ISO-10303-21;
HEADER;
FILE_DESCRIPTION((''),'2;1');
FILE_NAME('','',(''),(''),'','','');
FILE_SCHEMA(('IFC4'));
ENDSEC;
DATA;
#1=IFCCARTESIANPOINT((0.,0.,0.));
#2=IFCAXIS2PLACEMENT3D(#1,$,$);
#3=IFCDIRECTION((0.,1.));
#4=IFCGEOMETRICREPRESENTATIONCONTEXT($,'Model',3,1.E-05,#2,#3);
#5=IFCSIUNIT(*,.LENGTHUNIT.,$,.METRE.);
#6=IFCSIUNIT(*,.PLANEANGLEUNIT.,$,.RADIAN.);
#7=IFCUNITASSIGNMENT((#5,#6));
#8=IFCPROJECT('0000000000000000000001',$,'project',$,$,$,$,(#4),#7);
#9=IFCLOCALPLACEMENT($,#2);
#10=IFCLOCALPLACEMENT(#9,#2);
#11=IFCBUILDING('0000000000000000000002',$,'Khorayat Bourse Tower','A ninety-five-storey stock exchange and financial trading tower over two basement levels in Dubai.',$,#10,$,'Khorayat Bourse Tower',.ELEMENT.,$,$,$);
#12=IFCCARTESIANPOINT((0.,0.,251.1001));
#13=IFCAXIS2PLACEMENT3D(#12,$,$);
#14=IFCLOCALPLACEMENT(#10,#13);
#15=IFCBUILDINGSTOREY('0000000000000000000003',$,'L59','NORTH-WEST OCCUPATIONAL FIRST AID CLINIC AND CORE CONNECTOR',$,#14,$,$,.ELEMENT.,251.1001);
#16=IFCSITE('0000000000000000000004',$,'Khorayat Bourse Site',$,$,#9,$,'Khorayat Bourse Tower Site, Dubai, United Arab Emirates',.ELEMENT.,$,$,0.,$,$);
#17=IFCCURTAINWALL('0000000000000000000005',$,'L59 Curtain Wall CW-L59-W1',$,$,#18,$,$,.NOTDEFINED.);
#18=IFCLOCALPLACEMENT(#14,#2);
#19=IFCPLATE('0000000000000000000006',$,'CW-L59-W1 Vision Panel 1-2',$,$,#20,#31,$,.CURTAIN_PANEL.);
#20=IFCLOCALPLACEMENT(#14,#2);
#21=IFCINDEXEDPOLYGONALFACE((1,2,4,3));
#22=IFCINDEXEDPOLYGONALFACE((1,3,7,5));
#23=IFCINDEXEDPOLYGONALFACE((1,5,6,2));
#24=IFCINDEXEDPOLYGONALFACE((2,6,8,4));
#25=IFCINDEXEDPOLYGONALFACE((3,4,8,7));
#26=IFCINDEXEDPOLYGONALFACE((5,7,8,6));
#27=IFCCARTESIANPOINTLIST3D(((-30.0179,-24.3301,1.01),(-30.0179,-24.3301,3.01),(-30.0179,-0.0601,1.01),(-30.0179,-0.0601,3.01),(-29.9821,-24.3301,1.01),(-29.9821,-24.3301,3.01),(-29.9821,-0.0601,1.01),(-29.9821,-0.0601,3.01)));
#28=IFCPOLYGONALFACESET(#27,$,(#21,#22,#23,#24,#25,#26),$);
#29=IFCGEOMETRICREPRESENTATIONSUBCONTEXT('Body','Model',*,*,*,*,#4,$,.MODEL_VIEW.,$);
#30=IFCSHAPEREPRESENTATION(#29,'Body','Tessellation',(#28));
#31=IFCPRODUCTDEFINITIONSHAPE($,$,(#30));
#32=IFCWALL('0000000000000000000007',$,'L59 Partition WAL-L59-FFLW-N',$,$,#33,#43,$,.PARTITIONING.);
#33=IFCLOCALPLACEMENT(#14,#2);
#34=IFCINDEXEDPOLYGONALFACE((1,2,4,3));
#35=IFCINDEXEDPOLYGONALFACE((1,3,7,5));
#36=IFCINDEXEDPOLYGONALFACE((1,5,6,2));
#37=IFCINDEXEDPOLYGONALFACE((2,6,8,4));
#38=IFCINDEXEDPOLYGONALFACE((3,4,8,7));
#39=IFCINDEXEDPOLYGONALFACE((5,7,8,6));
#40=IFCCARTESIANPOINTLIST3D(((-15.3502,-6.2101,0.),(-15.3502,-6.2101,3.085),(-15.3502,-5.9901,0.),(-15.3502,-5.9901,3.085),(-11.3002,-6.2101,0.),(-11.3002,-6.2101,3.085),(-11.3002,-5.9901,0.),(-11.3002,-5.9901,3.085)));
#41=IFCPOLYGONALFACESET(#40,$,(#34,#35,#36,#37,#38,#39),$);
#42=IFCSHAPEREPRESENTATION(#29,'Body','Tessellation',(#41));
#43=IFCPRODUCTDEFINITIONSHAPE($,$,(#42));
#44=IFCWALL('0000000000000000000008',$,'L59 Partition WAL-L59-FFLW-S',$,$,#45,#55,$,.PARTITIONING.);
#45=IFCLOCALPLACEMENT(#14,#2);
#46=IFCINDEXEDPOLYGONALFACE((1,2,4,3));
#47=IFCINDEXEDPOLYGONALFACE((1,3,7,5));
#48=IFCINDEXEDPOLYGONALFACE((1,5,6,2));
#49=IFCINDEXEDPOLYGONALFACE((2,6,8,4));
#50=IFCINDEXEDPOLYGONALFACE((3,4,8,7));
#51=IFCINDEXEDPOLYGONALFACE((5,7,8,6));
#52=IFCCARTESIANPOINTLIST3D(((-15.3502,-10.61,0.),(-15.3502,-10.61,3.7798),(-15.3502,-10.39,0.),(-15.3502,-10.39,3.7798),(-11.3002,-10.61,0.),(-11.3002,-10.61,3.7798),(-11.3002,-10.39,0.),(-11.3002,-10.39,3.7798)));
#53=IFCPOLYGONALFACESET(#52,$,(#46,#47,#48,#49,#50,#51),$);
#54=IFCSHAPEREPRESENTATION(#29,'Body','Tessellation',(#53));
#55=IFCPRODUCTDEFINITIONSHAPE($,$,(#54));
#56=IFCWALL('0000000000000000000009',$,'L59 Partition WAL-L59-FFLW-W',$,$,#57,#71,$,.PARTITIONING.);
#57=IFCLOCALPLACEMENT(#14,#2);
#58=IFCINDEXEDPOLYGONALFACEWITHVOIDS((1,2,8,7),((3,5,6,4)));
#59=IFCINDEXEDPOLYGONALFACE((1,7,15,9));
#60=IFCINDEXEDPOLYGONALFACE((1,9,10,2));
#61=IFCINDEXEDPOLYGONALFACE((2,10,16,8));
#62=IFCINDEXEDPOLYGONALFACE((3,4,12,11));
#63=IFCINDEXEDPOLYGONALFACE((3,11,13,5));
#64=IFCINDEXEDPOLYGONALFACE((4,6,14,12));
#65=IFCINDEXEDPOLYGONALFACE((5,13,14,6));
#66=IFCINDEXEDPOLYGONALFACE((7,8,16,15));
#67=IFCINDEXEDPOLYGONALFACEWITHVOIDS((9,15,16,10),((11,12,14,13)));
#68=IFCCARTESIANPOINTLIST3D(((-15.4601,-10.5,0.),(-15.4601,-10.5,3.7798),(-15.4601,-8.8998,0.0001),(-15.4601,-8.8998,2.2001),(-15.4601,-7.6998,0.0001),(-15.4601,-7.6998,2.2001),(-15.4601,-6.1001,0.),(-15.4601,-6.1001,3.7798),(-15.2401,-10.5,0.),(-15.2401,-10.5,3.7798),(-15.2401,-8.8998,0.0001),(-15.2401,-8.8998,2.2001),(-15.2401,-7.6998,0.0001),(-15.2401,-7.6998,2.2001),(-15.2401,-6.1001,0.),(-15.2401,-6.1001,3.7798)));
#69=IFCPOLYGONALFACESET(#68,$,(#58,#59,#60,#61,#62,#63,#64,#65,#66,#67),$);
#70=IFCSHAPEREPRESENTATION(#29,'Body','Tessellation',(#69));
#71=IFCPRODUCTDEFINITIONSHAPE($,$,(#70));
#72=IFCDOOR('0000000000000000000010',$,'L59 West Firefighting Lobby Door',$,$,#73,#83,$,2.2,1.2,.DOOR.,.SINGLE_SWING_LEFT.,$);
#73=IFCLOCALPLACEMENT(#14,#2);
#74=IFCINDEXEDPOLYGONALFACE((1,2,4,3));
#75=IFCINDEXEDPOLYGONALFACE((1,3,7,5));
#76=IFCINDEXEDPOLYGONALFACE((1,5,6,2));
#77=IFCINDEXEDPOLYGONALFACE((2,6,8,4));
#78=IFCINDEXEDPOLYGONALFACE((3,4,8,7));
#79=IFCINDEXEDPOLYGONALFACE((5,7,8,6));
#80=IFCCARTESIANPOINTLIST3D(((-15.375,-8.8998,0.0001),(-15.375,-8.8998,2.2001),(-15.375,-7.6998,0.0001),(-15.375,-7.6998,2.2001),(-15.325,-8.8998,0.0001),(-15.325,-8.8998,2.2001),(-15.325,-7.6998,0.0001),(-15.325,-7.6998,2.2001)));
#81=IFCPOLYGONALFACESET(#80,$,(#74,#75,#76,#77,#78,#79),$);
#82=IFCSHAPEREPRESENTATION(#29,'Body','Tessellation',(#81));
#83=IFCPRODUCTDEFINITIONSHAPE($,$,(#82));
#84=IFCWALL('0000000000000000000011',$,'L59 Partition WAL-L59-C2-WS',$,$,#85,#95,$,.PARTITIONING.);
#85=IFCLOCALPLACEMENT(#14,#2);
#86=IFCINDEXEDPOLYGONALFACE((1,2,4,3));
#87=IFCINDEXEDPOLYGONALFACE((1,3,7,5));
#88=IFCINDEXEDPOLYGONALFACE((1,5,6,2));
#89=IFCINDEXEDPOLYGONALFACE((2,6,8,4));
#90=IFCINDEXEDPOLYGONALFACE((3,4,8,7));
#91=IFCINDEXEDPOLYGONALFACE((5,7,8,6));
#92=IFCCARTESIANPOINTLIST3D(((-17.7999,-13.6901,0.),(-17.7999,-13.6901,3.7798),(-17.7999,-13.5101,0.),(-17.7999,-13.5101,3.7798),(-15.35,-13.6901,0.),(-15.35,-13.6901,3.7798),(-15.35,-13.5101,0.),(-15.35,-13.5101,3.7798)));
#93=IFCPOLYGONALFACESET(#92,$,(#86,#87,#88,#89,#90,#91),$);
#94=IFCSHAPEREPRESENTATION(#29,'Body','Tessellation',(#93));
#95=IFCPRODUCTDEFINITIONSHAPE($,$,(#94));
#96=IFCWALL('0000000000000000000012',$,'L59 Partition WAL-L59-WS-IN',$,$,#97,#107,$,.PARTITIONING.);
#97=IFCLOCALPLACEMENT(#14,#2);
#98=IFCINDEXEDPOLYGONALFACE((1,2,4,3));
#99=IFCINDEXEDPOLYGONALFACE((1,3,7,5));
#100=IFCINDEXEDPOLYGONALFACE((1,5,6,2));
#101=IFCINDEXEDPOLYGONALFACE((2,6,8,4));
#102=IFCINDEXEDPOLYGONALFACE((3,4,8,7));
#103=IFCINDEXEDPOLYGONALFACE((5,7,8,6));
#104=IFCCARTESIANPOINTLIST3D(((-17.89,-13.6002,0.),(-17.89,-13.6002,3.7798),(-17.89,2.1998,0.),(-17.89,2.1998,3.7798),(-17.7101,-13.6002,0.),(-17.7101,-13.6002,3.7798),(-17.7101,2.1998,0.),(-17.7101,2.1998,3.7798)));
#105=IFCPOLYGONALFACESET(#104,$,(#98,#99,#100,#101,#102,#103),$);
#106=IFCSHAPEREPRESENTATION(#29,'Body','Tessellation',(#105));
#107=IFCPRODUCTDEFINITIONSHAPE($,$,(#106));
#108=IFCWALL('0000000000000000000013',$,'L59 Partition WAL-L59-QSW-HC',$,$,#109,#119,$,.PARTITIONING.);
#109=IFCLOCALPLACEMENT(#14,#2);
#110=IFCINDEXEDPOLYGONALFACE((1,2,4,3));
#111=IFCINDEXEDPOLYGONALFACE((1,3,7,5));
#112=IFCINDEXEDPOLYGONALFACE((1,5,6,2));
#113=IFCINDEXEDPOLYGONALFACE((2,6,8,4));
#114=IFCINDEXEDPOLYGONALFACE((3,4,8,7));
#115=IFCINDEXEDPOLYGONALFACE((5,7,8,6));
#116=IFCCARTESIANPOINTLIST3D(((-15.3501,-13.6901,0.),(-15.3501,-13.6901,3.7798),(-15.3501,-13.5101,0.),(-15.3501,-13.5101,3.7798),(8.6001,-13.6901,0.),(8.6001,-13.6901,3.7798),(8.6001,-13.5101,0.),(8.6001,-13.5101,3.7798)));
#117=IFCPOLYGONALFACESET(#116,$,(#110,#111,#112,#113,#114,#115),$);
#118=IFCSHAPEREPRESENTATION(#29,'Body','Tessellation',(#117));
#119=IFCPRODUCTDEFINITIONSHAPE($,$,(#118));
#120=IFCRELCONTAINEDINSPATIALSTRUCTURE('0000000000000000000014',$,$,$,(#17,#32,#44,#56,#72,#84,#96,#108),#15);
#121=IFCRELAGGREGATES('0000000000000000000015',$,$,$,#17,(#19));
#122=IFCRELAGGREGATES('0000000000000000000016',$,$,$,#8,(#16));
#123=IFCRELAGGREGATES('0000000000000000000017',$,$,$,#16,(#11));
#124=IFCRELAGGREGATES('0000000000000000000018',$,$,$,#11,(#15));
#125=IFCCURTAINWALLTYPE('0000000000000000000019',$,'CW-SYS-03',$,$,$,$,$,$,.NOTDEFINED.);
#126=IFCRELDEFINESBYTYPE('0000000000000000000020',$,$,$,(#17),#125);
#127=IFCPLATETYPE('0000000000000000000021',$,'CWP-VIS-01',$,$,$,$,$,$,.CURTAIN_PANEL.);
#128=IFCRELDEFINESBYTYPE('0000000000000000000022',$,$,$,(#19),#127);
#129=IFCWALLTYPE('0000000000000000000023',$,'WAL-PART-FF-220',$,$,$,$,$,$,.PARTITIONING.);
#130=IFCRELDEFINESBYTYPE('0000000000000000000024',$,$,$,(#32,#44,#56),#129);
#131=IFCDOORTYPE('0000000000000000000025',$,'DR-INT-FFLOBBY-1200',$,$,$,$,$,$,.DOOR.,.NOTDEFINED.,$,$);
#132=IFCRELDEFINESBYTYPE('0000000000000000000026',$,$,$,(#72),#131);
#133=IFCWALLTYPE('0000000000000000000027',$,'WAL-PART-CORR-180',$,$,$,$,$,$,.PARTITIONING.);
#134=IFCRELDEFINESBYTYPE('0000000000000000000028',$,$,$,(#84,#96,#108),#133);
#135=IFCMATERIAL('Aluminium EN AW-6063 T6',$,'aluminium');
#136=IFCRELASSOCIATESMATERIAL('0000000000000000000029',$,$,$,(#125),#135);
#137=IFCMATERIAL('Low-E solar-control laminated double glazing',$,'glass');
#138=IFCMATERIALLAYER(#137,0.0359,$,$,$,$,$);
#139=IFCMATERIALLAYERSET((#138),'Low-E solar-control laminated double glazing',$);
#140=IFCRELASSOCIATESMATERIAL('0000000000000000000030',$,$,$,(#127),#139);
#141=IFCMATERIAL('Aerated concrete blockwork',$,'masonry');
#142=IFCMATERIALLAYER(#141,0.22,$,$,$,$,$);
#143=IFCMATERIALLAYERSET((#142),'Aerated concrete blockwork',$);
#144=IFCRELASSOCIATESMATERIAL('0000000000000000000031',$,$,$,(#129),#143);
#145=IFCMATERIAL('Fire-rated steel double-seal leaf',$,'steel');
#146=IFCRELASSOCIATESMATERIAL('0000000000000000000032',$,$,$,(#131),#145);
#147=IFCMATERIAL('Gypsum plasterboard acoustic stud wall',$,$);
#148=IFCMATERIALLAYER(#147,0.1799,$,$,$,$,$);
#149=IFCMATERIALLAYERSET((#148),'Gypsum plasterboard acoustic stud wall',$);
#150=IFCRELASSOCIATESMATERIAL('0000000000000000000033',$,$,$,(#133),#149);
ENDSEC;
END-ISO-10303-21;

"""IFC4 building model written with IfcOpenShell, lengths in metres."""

from ifc_helpers import new_model, si_unit, direction, frame, frame_2d, origin, origin_2d, place, context, subcontext, project, spatial, rectangle, extrude, source, transform, mapped, material, layer, layer_set, type_object, element, fill, aggregate, save


model = new_model("IFC4")

# Units and contexts
model_context = context("Model", 3, precision=1e-05, world=origin(), true_north=direction((0.0, 1.0)))
body_context = subcontext(model_context, "Body", "Model", "MODEL_VIEW")
ifc_project = project(units=[si_unit("LENGTHUNIT", "METRE"), si_unit("PLANEANGLEUNIT", "RADIAN")], contexts=[model_context])

# Site, building, storey
site_placement = place(None, origin())
site = spatial("IfcSite", under=ifc_project, at=site_placement, Name="Khorayat Bourse Site", LongName="Khorayat Bourse Tower Site, Dubai, United Arab Emirates", CompositionType="ELEMENT", RefElevation=0.0)
building_placement = place(site_placement, origin())
building = spatial("IfcBuilding", under=site, at=building_placement, Name="Khorayat Bourse Tower", Description="A ninety-five-storey stock exchange and financial trading tower over two basement levels in Dubai.", LongName="Khorayat Bourse Tower", CompositionType="ELEMENT")
storey_placement = place(building_placement, frame((0.0, 0.0, 251.1001)))
storey = spatial("IfcBuildingStorey", under=building, at=storey_placement, Name="L59", Description="NORTH-WEST OCCUPATIONAL FIRST AID CLINIC AND CORE CONNECTOR", CompositionType="ELEMENT", Elevation=251.1001)

# Curtain wall
ifc_material_1 = material(Name="Aluminium EN AW-6063 T6", Category="aluminium")
curtain_wall_type = type_object("IfcCurtainWallType", Name="CW-SYS-03", PredefinedType="NOTDEFINED", material=ifc_material_1)
curtain_wall_placement = place(storey_placement, origin())
curtain_wall = element("IfcCurtainWall", 1, at=curtain_wall_placement, inside=storey, type_object=curtain_wall_type, Name="L59 Curtain Wall CW-L59-W1", PredefinedType="NOTDEFINED")

# Plate
ifc_material_2 = material(Name="Low-E solar-control laminated double glazing", Category="glass")
ifc_layer_1 = layer(ifc_material_2, 0.0359)
ifc_layer_set_1 = layer_set([ifc_layer_1], Name="Low-E solar-control laminated double glazing")
plate_type_1 = type_object("IfcPlateType", Name="CWP-VIS-01", PredefinedType="CURTAIN_PANEL", material=ifc_layer_set_1)
shared_shape_1 = source(origin(), body_context, "Body", "SweptSolid", [
    extrude(rectangle(XDim=24.27, YDim=0.0359, at=origin_2d()), origin(), (0.0, 0.0, 1.0), 2.0),
])
plate_1_placement = place(storey_placement, frame((-30.0, -12.1951, 1.01), z_axis=(0.0, 0.0, 1.0), x_axis=(0.0, 1.0, 0.0)))
plate_1 = element("IfcPlate", 2, at=plate_1_placement, type_object=plate_type_1, Name="CW-L59-W1 Vision Panel 1-2", PredefinedType="CURTAIN_PANEL", context=body_context, shape_type="MappedRepresentation", body=[
    mapped(shared_shape_1, transform((0.0, 0.0, 0.0), scale=1.0)),
])
aggregate(curtain_wall, [plate_1])

# Walls
ifc_material_3 = material(Name="Aerated concrete blockwork", Category="masonry")
ifc_layer_2 = layer(ifc_material_3, 0.22)
ifc_layer_set_2 = layer_set([ifc_layer_2], Name="Aerated concrete blockwork")
wall_type_1 = type_object("IfcWallType", Name="WAL-PART-FF-220", PredefinedType="PARTITIONING", material=ifc_layer_set_2)
shared_shape_2 = source(origin(), body_context, "Body", "SweptSolid", [
    extrude(rectangle(XDim=4.05, YDim=0.22, at=frame_2d((2.0249, 0.0))), origin(), (0.0, 0.0, 1.0), 3.085),
])
wall_1_placement = place(storey_placement, frame((-15.3501, -6.1001, 0.0), z_axis=(0.0, 0.0, 1.0), x_axis=(1.0, 0.0, 0.0)))
element("IfcWall", 3, at=wall_1_placement, inside=storey, type_object=wall_type_1, Name="L59 Partition WAL-L59-FFLW-N", PredefinedType="PARTITIONING", context=body_context, shape_type="MappedRepresentation", body=[
    mapped(shared_shape_2, transform((0.0, 0.0, 0.0), scale=1.0)),
])
shared_shape_3 = source(origin(), body_context, "Body", "SweptSolid", [
    extrude(rectangle(XDim=4.05, YDim=0.22, at=frame_2d((2.0249, 0.0))), origin(), (0.0, 0.0, 1.0), 3.7798),
])
wall_2_placement = place(storey_placement, frame((-15.3501, -10.5, 0.0), z_axis=(0.0, 0.0, 1.0), x_axis=(1.0, 0.0, 0.0)))
element("IfcWall", 4, at=wall_2_placement, inside=storey, type_object=wall_type_1, Name="L59 Partition WAL-L59-FFLW-S", PredefinedType="PARTITIONING", context=body_context, shape_type="MappedRepresentation", body=[
    mapped(shared_shape_3, transform((0.0, 0.0, 0.0), scale=1.0)),
])

# Wall, opening, door
shared_shape_4 = source(origin(), body_context, "Body", "SweptSolid", [
    extrude(rectangle(XDim=4.3999, YDim=0.22, at=frame_2d((2.2, 0.0))), origin(), (0.0, 0.0, 1.0), 3.7798),
])
wall_3_placement = place(storey_placement, frame((-15.3501, -10.5, 0.0), z_axis=(0.0, 0.0, 1.0), x_axis=(0.0, 1.0, 0.0)))
wall_3 = element("IfcWall", 5, at=wall_3_placement, inside=storey, type_object=wall_type_1, Name="L59 Partition WAL-L59-FFLW-W", PredefinedType="PARTITIONING", context=body_context, shape_type="MappedRepresentation", body=[
    mapped(shared_shape_4, transform((0.0, 0.0, 0.0), scale=1.0)),
])
shared_shape_5 = source(origin(), body_context, "Body", "SweptSolid", [
    extrude(rectangle(XDim=1.2, YDim=2.2, at=frame_2d((0.6001, 1.1001))), frame((0.0, 0.1199, 0.0), z_axis=(0.0, -1.0, 0.0), x_axis=(1.0, 0.0, 0.0)), (0.0, 0.0, 1.0), 0.24),
])
opening_placement = place(wall_3_placement, frame((1.6001, 0.0, 0.0)))
opening = element("IfcOpeningElement", 6, at=opening_placement, cuts=wall_3, PredefinedType="OPENING", context=body_context, shape_type="MappedRepresentation", body=[
    mapped(shared_shape_5, transform((0.0, 0.0, 0.0), scale=1.0)),
])
ifc_material_4 = material(Name="Fire-rated steel double-seal leaf", Category="steel")
door_type = type_object("IfcDoorType", Name="DR-INT-FFLOBBY-1200", OperationType="NOTDEFINED", PredefinedType="DOOR", material=ifc_material_4)
shared_shape_6 = source(origin(), body_context, "Body", "SweptSolid", [
    extrude(rectangle(XDim=1.2, YDim=2.2, at=frame_2d((0.6001, 1.1001))), frame((0.0, 0.0249, 0.0), z_axis=(0.0, -1.0, 0.0), x_axis=(1.0, 0.0, 0.0)), (0.0, 0.0, 1.0), 0.05),
])
door_placement = place(opening_placement, origin())
door = element("IfcDoor", 7, at=door_placement, inside=storey, type_object=door_type, Name="L59 West Firefighting Lobby Door", OperationType="SINGLE_SWING_LEFT", OverallHeight=2.2, OverallWidth=1.2, PredefinedType="DOOR", context=body_context, shape_type="MappedRepresentation", body=[
    mapped(shared_shape_6, transform((0.0, 0.0, 0.0), scale=1.0)),
])
fill(opening, door)

# Walls
ifc_material_5 = material(Name="Gypsum plasterboard acoustic stud wall")
ifc_layer_3 = layer(ifc_material_5, 0.1799)
ifc_layer_set_3 = layer_set([ifc_layer_3], Name="Gypsum plasterboard acoustic stud wall")
wall_type_2 = type_object("IfcWallType", Name="WAL-PART-CORR-180", PredefinedType="PARTITIONING", material=ifc_layer_set_3)
shared_shape_7 = source(origin(), body_context, "Body", "SweptSolid", [
    extrude(rectangle(XDim=2.45, YDim=0.1799, at=frame_2d((1.2251, 0.0))), origin(), (0.0, 0.0, 1.0), 3.7798),
])
wall_4_placement = place(storey_placement, frame((-17.8, -13.6001, 0.0), z_axis=(0.0, 0.0, 1.0), x_axis=(1.0, 0.0, 0.0)))
element("IfcWall", 8, at=wall_4_placement, inside=storey, type_object=wall_type_2, Name="L59 Partition WAL-L59-C2-WS", PredefinedType="PARTITIONING", context=body_context, shape_type="MappedRepresentation", body=[
    mapped(shared_shape_7, transform((0.0, 0.0, 0.0), scale=1.0)),
])
shared_shape_8 = source(origin(), body_context, "Body", "SweptSolid", [
    extrude(rectangle(XDim=15.8, YDim=0.1799, at=frame_2d((7.8999, 0.0))), origin(), (0.0, 0.0, 1.0), 3.7798),
])
wall_5_placement = place(storey_placement, frame((-17.8, -13.6001, 0.0), z_axis=(0.0, 0.0, 1.0), x_axis=(0.0, 1.0, 0.0)))
element("IfcWall", 9, at=wall_5_placement, inside=storey, type_object=wall_type_2, Name="L59 Partition WAL-L59-WS-IN", PredefinedType="PARTITIONING", context=body_context, shape_type="MappedRepresentation", body=[
    mapped(shared_shape_8, transform((0.0, 0.0, 0.0), scale=1.0)),
])
shared_shape_9 = source(origin(), body_context, "Body", "SweptSolid", [
    extrude(rectangle(XDim=23.9502, YDim=0.1799, at=frame_2d((11.9751, 0.0))), origin(), (0.0, 0.0, 1.0), 3.7798),
])
wall_6_placement = place(storey_placement, frame((-15.3501, -13.6001, 0.0), z_axis=(0.0, 0.0, 1.0), x_axis=(1.0, 0.0, 0.0)))
element("IfcWall", 10, at=wall_6_placement, inside=storey, type_object=wall_type_2, Name="L59 Partition WAL-L59-QSW-HC", PredefinedType="PARTITIONING", context=body_context, shape_type="MappedRepresentation", body=[
    mapped(shared_shape_9, transform((0.0, 0.0, 0.0), scale=1.0)),
])

save(model, "model.ifc")
